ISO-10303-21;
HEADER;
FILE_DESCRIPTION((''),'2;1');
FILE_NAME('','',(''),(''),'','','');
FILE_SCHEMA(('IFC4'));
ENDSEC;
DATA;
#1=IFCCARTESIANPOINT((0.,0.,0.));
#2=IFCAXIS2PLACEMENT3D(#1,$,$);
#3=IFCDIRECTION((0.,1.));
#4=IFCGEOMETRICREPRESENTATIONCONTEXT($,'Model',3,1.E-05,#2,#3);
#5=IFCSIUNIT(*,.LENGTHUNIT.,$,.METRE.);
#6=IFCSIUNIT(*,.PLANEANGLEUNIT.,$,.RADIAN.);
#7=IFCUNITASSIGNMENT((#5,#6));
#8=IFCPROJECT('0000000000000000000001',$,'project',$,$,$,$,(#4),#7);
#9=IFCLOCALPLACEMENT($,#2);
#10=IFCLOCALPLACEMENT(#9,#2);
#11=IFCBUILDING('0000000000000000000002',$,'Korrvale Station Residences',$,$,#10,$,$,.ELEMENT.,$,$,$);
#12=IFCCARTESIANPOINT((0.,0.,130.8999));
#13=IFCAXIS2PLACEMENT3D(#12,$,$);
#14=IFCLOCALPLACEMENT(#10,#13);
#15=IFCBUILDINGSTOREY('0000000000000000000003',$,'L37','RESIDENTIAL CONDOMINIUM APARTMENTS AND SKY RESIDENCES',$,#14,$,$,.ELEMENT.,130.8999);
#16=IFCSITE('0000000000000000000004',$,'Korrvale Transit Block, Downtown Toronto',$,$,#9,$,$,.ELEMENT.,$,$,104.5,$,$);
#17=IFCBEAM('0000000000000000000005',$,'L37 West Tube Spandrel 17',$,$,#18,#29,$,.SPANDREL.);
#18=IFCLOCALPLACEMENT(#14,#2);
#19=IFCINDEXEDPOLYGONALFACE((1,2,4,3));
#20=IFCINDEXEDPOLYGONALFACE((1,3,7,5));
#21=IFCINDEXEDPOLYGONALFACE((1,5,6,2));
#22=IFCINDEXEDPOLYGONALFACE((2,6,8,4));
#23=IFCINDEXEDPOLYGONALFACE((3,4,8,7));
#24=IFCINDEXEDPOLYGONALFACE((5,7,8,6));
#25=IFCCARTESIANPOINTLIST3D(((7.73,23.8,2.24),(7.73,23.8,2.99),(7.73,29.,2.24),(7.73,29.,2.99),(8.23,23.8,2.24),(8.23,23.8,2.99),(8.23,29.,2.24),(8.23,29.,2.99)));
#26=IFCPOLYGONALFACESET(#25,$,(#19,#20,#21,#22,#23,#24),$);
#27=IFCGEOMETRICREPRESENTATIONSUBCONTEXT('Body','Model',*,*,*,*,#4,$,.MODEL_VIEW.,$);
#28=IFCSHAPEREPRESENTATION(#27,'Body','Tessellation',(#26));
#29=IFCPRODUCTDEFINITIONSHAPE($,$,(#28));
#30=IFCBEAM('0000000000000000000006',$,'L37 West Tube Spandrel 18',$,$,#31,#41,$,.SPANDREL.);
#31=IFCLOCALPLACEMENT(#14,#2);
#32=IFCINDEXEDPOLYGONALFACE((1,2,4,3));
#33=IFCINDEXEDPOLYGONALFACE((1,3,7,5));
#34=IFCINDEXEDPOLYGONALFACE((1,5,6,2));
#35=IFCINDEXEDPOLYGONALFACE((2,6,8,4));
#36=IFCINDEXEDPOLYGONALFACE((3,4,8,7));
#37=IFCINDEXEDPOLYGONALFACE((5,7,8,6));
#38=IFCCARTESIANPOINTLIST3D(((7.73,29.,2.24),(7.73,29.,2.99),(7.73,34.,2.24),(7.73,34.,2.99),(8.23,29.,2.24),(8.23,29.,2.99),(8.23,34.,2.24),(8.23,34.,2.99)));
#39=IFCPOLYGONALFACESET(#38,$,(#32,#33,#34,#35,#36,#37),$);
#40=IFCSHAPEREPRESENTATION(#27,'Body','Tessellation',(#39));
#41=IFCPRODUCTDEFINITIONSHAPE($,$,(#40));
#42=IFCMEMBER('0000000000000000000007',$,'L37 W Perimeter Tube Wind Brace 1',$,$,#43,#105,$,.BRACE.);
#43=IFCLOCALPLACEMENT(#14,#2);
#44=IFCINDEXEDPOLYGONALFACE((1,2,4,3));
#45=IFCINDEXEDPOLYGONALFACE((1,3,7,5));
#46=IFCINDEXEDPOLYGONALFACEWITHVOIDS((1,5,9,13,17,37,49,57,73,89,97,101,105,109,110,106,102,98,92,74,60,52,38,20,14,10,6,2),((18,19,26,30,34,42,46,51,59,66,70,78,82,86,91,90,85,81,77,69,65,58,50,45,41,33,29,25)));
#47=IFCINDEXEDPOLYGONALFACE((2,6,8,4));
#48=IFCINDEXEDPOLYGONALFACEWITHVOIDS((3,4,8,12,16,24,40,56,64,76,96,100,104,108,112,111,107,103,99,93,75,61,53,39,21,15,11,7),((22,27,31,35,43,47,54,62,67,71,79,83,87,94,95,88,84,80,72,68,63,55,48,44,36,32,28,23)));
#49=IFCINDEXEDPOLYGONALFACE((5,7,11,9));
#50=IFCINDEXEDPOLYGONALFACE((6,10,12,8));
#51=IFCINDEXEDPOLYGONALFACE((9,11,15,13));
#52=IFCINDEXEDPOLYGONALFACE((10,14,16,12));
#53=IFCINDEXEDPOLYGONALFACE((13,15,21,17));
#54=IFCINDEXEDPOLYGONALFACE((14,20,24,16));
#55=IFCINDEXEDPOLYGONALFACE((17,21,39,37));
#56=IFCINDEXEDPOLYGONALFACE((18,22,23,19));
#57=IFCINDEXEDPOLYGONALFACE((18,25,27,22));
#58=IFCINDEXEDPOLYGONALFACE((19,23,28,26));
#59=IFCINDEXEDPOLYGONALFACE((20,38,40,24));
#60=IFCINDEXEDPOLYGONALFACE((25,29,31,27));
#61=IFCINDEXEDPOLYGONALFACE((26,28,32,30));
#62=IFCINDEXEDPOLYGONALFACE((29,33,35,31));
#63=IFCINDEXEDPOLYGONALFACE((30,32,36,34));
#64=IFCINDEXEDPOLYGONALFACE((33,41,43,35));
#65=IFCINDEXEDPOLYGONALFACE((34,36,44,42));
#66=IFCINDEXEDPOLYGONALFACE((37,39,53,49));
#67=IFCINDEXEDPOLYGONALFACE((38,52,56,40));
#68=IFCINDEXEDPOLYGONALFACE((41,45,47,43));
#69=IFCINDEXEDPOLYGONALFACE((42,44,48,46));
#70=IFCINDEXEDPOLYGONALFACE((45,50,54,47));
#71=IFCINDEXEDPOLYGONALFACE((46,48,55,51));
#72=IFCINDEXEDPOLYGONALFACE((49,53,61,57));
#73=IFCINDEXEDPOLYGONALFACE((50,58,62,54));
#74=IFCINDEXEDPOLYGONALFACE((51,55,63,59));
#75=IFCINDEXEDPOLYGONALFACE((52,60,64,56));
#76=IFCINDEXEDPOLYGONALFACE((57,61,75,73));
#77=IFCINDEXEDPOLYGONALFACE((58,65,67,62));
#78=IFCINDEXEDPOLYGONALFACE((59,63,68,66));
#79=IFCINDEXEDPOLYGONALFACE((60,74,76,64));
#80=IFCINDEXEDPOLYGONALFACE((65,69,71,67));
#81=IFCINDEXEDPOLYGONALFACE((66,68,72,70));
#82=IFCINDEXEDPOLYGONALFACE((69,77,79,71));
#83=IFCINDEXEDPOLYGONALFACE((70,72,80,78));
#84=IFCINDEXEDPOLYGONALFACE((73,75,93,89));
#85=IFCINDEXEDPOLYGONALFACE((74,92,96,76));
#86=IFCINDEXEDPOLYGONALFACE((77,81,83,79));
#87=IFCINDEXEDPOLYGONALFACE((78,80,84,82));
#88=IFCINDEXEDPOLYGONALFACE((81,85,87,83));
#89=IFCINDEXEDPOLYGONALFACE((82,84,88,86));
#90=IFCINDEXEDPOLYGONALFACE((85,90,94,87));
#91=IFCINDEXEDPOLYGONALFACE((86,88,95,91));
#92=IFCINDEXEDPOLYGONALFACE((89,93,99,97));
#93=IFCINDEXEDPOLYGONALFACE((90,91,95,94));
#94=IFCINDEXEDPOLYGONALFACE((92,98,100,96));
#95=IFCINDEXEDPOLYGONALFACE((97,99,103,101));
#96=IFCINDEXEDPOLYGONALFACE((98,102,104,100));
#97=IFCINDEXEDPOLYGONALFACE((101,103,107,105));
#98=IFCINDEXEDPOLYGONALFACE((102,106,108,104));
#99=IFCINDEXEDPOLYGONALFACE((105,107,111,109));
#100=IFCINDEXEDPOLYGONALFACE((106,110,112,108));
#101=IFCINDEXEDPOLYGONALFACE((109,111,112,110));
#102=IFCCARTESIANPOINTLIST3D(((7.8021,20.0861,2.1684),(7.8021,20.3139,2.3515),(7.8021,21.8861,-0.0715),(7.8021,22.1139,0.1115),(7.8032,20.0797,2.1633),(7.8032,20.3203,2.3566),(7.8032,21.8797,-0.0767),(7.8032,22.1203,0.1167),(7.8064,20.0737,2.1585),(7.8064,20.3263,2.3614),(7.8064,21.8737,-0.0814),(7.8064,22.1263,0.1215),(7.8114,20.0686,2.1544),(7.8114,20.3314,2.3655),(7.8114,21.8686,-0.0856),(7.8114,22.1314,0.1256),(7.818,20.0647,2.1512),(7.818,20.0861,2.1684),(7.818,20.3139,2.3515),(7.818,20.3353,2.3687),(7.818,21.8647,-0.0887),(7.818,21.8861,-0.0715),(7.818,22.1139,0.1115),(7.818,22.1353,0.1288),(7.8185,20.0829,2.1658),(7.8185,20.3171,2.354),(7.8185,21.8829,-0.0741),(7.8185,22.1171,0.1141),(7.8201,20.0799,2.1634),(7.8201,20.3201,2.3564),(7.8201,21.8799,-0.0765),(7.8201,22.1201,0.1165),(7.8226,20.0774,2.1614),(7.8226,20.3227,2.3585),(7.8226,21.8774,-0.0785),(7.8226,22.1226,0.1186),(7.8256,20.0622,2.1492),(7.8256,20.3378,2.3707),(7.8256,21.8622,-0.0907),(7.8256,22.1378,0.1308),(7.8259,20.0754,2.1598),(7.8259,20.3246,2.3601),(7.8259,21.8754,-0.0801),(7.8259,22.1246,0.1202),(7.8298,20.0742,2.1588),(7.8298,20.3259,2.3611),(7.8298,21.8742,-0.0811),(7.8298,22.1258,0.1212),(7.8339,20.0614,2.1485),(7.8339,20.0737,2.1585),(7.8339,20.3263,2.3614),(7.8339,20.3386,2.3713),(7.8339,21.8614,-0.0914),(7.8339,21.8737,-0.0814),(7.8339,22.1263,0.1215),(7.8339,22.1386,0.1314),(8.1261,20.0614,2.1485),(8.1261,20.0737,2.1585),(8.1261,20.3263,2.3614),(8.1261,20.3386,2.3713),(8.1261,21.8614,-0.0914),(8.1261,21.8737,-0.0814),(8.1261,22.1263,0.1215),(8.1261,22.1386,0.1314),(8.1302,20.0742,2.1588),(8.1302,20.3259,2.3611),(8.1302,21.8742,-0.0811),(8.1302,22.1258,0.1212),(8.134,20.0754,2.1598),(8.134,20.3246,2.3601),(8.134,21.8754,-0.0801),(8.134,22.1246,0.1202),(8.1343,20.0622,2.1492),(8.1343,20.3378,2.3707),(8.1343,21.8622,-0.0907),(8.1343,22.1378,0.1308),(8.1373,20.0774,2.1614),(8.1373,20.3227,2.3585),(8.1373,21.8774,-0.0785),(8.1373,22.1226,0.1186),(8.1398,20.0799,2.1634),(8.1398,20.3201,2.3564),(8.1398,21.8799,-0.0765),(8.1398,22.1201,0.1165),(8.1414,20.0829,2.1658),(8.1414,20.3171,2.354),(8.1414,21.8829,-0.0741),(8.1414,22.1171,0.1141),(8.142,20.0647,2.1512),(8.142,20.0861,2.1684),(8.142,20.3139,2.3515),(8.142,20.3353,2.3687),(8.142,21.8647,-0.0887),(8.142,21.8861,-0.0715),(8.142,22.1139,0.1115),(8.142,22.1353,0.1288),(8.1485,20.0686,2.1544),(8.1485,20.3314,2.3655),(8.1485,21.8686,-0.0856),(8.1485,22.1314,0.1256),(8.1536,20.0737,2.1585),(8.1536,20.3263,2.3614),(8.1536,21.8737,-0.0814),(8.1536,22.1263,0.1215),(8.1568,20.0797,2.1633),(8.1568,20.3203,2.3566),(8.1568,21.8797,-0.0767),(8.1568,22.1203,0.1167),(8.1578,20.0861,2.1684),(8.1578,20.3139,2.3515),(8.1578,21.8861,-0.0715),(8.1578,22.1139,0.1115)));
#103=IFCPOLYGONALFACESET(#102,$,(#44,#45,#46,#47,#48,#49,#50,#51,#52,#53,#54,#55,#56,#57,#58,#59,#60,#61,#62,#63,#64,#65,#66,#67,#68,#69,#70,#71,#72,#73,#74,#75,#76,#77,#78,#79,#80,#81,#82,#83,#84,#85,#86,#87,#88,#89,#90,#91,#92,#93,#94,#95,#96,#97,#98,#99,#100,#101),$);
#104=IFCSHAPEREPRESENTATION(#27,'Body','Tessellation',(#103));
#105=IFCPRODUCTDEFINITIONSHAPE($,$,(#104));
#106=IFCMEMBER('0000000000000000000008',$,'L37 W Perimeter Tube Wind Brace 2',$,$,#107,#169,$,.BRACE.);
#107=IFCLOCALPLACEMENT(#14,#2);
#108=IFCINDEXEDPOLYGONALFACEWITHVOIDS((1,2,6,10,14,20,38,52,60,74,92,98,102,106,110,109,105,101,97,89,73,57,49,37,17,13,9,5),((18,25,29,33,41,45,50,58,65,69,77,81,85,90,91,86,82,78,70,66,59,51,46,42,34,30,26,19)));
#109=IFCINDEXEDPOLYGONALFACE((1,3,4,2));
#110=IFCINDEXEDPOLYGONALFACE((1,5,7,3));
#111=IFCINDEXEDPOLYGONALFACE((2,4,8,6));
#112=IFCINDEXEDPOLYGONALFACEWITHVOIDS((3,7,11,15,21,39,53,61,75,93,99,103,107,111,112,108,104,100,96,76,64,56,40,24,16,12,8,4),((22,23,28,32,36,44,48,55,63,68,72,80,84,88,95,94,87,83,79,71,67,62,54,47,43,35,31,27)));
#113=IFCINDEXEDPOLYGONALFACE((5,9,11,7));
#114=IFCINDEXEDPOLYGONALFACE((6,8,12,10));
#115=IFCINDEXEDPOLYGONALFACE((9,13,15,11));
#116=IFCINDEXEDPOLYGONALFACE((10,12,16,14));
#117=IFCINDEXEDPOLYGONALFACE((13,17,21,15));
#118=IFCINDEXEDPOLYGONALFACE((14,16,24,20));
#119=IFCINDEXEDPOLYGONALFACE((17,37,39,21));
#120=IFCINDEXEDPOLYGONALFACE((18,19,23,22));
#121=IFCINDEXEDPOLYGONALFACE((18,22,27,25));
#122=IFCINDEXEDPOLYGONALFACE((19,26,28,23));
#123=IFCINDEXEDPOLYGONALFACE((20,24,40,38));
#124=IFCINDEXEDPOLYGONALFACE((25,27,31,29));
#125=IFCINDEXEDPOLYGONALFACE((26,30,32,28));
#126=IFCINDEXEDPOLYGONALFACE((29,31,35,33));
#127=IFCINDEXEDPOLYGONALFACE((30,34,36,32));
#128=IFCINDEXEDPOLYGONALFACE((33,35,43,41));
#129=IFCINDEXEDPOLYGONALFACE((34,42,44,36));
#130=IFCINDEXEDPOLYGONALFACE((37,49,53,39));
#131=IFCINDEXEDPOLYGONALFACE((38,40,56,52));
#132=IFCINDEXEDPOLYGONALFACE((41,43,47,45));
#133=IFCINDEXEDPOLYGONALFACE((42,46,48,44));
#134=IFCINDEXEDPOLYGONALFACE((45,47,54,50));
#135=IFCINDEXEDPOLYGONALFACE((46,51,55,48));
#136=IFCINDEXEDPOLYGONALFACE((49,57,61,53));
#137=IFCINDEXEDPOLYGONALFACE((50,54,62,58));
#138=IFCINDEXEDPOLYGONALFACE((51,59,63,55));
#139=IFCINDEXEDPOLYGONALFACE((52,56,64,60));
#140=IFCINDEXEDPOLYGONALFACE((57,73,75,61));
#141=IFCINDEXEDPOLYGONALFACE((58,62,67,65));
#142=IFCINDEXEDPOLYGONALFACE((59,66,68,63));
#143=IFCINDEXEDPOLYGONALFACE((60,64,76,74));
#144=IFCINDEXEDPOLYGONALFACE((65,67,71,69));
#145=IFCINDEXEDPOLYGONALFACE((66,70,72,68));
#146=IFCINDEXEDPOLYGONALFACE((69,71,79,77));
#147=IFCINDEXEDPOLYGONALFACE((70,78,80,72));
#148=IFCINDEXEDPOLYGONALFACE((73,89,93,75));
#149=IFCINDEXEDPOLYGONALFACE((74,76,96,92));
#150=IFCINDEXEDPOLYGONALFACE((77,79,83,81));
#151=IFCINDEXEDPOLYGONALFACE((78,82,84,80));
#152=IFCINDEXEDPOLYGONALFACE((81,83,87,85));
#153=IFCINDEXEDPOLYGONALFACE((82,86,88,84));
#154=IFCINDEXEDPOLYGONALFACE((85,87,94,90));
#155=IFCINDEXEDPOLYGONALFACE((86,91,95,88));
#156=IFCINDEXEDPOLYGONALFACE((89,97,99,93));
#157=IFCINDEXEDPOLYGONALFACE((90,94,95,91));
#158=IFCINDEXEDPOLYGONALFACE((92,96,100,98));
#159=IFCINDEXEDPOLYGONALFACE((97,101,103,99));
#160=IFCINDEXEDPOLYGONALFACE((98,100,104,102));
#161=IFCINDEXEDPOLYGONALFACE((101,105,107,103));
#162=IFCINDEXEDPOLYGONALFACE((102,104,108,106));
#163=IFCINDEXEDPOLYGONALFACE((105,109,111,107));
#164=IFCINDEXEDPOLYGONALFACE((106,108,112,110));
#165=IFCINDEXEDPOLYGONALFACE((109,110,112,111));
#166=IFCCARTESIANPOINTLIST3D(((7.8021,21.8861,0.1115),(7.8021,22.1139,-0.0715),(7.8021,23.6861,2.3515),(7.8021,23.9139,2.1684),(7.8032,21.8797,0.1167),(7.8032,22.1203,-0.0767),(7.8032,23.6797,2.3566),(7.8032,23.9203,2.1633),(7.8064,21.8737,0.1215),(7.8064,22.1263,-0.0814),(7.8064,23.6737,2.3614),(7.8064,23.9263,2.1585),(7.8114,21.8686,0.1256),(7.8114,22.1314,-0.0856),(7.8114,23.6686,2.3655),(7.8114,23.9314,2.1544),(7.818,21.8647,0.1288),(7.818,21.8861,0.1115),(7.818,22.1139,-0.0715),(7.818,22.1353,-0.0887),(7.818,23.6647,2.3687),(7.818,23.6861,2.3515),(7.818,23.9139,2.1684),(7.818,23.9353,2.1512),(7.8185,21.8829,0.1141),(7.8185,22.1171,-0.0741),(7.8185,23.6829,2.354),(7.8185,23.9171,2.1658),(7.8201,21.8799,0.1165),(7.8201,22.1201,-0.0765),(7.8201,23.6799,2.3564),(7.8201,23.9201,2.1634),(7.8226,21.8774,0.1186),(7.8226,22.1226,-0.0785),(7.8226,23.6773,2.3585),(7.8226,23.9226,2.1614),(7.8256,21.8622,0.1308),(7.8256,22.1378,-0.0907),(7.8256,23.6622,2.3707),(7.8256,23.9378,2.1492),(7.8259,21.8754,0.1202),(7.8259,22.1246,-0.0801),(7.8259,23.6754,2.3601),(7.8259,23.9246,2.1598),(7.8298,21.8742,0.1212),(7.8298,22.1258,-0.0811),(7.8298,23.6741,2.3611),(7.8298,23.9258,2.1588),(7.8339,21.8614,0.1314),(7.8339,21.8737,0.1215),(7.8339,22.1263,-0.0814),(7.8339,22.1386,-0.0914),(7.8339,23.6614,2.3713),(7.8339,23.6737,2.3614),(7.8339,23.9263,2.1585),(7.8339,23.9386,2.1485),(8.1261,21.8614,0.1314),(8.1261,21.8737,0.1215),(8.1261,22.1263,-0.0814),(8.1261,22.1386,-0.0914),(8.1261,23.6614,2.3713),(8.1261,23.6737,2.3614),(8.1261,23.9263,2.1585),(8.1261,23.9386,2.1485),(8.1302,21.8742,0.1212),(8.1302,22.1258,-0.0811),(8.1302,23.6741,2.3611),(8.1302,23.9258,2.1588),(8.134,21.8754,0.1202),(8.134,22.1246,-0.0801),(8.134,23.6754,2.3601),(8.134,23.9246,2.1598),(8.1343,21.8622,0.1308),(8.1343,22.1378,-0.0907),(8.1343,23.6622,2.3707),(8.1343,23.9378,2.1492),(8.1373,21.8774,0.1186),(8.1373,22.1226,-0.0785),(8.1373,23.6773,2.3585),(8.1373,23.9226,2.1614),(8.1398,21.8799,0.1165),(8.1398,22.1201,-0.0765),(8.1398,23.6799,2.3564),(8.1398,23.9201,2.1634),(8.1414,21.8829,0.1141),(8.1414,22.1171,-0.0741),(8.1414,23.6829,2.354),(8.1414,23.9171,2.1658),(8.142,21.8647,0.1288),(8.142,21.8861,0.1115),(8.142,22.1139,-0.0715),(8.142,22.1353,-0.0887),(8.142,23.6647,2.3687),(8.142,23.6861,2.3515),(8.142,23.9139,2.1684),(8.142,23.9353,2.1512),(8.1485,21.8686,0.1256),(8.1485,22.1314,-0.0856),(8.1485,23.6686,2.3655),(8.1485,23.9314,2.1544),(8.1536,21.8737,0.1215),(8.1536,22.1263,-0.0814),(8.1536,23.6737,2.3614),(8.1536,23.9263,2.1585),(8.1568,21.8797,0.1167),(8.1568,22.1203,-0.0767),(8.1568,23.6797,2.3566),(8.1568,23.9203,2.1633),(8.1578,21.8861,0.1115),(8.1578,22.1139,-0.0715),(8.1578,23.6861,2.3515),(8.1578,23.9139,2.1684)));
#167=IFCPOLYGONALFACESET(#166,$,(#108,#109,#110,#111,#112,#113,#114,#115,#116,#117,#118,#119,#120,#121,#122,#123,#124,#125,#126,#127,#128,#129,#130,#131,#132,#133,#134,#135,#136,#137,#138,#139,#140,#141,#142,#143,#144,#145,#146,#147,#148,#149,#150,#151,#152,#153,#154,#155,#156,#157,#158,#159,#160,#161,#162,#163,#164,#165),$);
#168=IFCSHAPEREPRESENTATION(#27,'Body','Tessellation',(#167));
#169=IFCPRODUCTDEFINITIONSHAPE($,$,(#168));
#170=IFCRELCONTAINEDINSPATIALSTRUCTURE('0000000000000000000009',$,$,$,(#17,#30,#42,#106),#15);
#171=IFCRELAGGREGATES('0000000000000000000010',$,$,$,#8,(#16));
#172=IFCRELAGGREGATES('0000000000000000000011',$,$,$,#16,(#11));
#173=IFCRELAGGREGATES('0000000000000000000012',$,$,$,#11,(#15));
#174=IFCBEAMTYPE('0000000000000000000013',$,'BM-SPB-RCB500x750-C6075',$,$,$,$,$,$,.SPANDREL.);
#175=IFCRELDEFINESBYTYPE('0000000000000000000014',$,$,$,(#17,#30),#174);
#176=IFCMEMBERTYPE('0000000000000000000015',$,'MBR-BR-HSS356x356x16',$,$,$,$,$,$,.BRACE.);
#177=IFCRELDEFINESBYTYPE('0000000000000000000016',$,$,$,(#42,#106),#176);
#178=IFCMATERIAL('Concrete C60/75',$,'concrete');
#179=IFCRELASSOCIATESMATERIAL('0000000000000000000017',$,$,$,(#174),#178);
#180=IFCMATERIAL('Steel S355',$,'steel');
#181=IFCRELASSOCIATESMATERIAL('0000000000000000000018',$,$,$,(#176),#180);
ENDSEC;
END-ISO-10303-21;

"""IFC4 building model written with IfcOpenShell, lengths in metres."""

from ifc_helpers import new_model, si_unit, direction, frame, origin, origin_2d, place, context, subcontext, project, spatial, rectangle, hollow_rectangle, extrude, material, material_profile, profile_set, type_object, element, save


model = new_model("IFC4")

# Units and contexts
model_context = context("Model", 3, precision=1e-05, world=origin(), true_north=direction((0.0, 1.0)))
body_context = subcontext(model_context, "Body", "Model", "MODEL_VIEW")
ifc_project = project(units=[si_unit("LENGTHUNIT", "METRE"), si_unit("PLANEANGLEUNIT", "RADIAN")], contexts=[model_context])

# Site, building, storey
site_placement = place(None, origin())
site = spatial("IfcSite", under=ifc_project, at=site_placement, Name="Korrvale Transit Block, Downtown Toronto", CompositionType="ELEMENT", RefElevation=104.5)
building_placement = place(site_placement, origin())
building = spatial("IfcBuilding", under=site, at=building_placement, Name="Korrvale Station Residences", CompositionType="ELEMENT")
storey_placement = place(building_placement, frame((0.0, 0.0, 130.8999)))
storey = spatial("IfcBuildingStorey", under=building, at=storey_placement, Name="L37", Description="RESIDENTIAL CONDOMINIUM APARTMENTS AND SKY RESIDENCES", CompositionType="ELEMENT", Elevation=130.8999)

# Shared definitions
ifc_material_1 = material(Name="Concrete C60/75", Category="concrete")

# Beams
ifc_material_2 = material(Name="Steel S355", Category="steel")
ifc_material_profile_1 = material_profile(ifc_material_1, rectangle(XDim=0.5, YDim=0.75, at=origin_2d()), Name="RCB500x750")
ifc_profile_set_1 = profile_set([ifc_material_profile_1], Name="Concrete C60/75")
beam_type_1 = type_object("IfcBeamType", Name="BM-SPB-RCB500x750-C6075", PredefinedType="SPANDREL", material=ifc_profile_set_1)
beam_1_placement = place(storey_placement, frame((7.98, 23.8, 2.615), z_axis=(0.0, 1.0, 0.0), x_axis=(-1.0, 0.0, 0.0)))
element("IfcBeam", 1, at=beam_1_placement, inside=storey, type_object=beam_type_1, Name="L37 West Tube Spandrel 17", PredefinedType="SPANDREL", context=body_context, shape_type="SweptSolid", body=[
    extrude(rectangle(XDim=0.5, YDim=0.75, at=origin_2d()), origin(), (0.0, 0.0, 1.0), 5.2),
])
beam_2_placement = place(storey_placement, frame((7.98, 29.0, 2.615), z_axis=(0.0, 1.0, 0.0), x_axis=(-1.0, 0.0, 0.0)))
element("IfcBeam", 2, at=beam_2_placement, inside=storey, type_object=beam_type_1, Name="L37 West Tube Spandrel 18", PredefinedType="SPANDREL", context=body_context, shape_type="SweptSolid", body=[
    extrude(rectangle(XDim=0.5, YDim=0.75, at=origin_2d()), origin(), (0.0, 0.0, 1.0), 5.0),
])

# Members
ifc_material_profile_2 = material_profile(ifc_material_2, hollow_rectangle(XDim=0.3557, YDim=0.3557, WallThickness=0.0159, InnerFilletRadius=0.0159, OuterFilletRadius=0.0317, at=origin_2d()), Name="HSS356x356x16")
ifc_profile_set_2 = profile_set([ifc_material_profile_2], Name="Steel S355")
member_type = type_object("IfcMemberType", Name="MBR-BR-HSS356x356x16", PredefinedType="BRACE", material=ifc_profile_set_2)
for number, where, z_axis, x_axis, name in (
    (3, (7.98, 22.0, 0.02), (0.0, -0.626403, 0.779499), (1.0, 0.0, 0.0), "L37 W Perimeter Tube Wind Brace 1"),
    (4, (7.98, 22.0, 0.02), (0.0, 0.626403, 0.779499), (-1.0, 0.0, 0.0), "L37 W Perimeter Tube Wind Brace 2"),
):
    element("IfcMember", number, at=place(storey_placement, frame(where, z_axis=z_axis, x_axis=x_axis)), inside=storey, type_object=member_type, Name=name, PredefinedType="BRACE", context=body_context, shape_type="SweptSolid", body=[
        extrude(hollow_rectangle(XDim=0.3557, YDim=0.3557, WallThickness=0.0159, InnerFilletRadius=0.0159, OuterFilletRadius=0.0317, at=origin_2d()), origin(), (0.0, 0.0, 1.0), 2.8735),
    ])

save(model, "model.ifc")
